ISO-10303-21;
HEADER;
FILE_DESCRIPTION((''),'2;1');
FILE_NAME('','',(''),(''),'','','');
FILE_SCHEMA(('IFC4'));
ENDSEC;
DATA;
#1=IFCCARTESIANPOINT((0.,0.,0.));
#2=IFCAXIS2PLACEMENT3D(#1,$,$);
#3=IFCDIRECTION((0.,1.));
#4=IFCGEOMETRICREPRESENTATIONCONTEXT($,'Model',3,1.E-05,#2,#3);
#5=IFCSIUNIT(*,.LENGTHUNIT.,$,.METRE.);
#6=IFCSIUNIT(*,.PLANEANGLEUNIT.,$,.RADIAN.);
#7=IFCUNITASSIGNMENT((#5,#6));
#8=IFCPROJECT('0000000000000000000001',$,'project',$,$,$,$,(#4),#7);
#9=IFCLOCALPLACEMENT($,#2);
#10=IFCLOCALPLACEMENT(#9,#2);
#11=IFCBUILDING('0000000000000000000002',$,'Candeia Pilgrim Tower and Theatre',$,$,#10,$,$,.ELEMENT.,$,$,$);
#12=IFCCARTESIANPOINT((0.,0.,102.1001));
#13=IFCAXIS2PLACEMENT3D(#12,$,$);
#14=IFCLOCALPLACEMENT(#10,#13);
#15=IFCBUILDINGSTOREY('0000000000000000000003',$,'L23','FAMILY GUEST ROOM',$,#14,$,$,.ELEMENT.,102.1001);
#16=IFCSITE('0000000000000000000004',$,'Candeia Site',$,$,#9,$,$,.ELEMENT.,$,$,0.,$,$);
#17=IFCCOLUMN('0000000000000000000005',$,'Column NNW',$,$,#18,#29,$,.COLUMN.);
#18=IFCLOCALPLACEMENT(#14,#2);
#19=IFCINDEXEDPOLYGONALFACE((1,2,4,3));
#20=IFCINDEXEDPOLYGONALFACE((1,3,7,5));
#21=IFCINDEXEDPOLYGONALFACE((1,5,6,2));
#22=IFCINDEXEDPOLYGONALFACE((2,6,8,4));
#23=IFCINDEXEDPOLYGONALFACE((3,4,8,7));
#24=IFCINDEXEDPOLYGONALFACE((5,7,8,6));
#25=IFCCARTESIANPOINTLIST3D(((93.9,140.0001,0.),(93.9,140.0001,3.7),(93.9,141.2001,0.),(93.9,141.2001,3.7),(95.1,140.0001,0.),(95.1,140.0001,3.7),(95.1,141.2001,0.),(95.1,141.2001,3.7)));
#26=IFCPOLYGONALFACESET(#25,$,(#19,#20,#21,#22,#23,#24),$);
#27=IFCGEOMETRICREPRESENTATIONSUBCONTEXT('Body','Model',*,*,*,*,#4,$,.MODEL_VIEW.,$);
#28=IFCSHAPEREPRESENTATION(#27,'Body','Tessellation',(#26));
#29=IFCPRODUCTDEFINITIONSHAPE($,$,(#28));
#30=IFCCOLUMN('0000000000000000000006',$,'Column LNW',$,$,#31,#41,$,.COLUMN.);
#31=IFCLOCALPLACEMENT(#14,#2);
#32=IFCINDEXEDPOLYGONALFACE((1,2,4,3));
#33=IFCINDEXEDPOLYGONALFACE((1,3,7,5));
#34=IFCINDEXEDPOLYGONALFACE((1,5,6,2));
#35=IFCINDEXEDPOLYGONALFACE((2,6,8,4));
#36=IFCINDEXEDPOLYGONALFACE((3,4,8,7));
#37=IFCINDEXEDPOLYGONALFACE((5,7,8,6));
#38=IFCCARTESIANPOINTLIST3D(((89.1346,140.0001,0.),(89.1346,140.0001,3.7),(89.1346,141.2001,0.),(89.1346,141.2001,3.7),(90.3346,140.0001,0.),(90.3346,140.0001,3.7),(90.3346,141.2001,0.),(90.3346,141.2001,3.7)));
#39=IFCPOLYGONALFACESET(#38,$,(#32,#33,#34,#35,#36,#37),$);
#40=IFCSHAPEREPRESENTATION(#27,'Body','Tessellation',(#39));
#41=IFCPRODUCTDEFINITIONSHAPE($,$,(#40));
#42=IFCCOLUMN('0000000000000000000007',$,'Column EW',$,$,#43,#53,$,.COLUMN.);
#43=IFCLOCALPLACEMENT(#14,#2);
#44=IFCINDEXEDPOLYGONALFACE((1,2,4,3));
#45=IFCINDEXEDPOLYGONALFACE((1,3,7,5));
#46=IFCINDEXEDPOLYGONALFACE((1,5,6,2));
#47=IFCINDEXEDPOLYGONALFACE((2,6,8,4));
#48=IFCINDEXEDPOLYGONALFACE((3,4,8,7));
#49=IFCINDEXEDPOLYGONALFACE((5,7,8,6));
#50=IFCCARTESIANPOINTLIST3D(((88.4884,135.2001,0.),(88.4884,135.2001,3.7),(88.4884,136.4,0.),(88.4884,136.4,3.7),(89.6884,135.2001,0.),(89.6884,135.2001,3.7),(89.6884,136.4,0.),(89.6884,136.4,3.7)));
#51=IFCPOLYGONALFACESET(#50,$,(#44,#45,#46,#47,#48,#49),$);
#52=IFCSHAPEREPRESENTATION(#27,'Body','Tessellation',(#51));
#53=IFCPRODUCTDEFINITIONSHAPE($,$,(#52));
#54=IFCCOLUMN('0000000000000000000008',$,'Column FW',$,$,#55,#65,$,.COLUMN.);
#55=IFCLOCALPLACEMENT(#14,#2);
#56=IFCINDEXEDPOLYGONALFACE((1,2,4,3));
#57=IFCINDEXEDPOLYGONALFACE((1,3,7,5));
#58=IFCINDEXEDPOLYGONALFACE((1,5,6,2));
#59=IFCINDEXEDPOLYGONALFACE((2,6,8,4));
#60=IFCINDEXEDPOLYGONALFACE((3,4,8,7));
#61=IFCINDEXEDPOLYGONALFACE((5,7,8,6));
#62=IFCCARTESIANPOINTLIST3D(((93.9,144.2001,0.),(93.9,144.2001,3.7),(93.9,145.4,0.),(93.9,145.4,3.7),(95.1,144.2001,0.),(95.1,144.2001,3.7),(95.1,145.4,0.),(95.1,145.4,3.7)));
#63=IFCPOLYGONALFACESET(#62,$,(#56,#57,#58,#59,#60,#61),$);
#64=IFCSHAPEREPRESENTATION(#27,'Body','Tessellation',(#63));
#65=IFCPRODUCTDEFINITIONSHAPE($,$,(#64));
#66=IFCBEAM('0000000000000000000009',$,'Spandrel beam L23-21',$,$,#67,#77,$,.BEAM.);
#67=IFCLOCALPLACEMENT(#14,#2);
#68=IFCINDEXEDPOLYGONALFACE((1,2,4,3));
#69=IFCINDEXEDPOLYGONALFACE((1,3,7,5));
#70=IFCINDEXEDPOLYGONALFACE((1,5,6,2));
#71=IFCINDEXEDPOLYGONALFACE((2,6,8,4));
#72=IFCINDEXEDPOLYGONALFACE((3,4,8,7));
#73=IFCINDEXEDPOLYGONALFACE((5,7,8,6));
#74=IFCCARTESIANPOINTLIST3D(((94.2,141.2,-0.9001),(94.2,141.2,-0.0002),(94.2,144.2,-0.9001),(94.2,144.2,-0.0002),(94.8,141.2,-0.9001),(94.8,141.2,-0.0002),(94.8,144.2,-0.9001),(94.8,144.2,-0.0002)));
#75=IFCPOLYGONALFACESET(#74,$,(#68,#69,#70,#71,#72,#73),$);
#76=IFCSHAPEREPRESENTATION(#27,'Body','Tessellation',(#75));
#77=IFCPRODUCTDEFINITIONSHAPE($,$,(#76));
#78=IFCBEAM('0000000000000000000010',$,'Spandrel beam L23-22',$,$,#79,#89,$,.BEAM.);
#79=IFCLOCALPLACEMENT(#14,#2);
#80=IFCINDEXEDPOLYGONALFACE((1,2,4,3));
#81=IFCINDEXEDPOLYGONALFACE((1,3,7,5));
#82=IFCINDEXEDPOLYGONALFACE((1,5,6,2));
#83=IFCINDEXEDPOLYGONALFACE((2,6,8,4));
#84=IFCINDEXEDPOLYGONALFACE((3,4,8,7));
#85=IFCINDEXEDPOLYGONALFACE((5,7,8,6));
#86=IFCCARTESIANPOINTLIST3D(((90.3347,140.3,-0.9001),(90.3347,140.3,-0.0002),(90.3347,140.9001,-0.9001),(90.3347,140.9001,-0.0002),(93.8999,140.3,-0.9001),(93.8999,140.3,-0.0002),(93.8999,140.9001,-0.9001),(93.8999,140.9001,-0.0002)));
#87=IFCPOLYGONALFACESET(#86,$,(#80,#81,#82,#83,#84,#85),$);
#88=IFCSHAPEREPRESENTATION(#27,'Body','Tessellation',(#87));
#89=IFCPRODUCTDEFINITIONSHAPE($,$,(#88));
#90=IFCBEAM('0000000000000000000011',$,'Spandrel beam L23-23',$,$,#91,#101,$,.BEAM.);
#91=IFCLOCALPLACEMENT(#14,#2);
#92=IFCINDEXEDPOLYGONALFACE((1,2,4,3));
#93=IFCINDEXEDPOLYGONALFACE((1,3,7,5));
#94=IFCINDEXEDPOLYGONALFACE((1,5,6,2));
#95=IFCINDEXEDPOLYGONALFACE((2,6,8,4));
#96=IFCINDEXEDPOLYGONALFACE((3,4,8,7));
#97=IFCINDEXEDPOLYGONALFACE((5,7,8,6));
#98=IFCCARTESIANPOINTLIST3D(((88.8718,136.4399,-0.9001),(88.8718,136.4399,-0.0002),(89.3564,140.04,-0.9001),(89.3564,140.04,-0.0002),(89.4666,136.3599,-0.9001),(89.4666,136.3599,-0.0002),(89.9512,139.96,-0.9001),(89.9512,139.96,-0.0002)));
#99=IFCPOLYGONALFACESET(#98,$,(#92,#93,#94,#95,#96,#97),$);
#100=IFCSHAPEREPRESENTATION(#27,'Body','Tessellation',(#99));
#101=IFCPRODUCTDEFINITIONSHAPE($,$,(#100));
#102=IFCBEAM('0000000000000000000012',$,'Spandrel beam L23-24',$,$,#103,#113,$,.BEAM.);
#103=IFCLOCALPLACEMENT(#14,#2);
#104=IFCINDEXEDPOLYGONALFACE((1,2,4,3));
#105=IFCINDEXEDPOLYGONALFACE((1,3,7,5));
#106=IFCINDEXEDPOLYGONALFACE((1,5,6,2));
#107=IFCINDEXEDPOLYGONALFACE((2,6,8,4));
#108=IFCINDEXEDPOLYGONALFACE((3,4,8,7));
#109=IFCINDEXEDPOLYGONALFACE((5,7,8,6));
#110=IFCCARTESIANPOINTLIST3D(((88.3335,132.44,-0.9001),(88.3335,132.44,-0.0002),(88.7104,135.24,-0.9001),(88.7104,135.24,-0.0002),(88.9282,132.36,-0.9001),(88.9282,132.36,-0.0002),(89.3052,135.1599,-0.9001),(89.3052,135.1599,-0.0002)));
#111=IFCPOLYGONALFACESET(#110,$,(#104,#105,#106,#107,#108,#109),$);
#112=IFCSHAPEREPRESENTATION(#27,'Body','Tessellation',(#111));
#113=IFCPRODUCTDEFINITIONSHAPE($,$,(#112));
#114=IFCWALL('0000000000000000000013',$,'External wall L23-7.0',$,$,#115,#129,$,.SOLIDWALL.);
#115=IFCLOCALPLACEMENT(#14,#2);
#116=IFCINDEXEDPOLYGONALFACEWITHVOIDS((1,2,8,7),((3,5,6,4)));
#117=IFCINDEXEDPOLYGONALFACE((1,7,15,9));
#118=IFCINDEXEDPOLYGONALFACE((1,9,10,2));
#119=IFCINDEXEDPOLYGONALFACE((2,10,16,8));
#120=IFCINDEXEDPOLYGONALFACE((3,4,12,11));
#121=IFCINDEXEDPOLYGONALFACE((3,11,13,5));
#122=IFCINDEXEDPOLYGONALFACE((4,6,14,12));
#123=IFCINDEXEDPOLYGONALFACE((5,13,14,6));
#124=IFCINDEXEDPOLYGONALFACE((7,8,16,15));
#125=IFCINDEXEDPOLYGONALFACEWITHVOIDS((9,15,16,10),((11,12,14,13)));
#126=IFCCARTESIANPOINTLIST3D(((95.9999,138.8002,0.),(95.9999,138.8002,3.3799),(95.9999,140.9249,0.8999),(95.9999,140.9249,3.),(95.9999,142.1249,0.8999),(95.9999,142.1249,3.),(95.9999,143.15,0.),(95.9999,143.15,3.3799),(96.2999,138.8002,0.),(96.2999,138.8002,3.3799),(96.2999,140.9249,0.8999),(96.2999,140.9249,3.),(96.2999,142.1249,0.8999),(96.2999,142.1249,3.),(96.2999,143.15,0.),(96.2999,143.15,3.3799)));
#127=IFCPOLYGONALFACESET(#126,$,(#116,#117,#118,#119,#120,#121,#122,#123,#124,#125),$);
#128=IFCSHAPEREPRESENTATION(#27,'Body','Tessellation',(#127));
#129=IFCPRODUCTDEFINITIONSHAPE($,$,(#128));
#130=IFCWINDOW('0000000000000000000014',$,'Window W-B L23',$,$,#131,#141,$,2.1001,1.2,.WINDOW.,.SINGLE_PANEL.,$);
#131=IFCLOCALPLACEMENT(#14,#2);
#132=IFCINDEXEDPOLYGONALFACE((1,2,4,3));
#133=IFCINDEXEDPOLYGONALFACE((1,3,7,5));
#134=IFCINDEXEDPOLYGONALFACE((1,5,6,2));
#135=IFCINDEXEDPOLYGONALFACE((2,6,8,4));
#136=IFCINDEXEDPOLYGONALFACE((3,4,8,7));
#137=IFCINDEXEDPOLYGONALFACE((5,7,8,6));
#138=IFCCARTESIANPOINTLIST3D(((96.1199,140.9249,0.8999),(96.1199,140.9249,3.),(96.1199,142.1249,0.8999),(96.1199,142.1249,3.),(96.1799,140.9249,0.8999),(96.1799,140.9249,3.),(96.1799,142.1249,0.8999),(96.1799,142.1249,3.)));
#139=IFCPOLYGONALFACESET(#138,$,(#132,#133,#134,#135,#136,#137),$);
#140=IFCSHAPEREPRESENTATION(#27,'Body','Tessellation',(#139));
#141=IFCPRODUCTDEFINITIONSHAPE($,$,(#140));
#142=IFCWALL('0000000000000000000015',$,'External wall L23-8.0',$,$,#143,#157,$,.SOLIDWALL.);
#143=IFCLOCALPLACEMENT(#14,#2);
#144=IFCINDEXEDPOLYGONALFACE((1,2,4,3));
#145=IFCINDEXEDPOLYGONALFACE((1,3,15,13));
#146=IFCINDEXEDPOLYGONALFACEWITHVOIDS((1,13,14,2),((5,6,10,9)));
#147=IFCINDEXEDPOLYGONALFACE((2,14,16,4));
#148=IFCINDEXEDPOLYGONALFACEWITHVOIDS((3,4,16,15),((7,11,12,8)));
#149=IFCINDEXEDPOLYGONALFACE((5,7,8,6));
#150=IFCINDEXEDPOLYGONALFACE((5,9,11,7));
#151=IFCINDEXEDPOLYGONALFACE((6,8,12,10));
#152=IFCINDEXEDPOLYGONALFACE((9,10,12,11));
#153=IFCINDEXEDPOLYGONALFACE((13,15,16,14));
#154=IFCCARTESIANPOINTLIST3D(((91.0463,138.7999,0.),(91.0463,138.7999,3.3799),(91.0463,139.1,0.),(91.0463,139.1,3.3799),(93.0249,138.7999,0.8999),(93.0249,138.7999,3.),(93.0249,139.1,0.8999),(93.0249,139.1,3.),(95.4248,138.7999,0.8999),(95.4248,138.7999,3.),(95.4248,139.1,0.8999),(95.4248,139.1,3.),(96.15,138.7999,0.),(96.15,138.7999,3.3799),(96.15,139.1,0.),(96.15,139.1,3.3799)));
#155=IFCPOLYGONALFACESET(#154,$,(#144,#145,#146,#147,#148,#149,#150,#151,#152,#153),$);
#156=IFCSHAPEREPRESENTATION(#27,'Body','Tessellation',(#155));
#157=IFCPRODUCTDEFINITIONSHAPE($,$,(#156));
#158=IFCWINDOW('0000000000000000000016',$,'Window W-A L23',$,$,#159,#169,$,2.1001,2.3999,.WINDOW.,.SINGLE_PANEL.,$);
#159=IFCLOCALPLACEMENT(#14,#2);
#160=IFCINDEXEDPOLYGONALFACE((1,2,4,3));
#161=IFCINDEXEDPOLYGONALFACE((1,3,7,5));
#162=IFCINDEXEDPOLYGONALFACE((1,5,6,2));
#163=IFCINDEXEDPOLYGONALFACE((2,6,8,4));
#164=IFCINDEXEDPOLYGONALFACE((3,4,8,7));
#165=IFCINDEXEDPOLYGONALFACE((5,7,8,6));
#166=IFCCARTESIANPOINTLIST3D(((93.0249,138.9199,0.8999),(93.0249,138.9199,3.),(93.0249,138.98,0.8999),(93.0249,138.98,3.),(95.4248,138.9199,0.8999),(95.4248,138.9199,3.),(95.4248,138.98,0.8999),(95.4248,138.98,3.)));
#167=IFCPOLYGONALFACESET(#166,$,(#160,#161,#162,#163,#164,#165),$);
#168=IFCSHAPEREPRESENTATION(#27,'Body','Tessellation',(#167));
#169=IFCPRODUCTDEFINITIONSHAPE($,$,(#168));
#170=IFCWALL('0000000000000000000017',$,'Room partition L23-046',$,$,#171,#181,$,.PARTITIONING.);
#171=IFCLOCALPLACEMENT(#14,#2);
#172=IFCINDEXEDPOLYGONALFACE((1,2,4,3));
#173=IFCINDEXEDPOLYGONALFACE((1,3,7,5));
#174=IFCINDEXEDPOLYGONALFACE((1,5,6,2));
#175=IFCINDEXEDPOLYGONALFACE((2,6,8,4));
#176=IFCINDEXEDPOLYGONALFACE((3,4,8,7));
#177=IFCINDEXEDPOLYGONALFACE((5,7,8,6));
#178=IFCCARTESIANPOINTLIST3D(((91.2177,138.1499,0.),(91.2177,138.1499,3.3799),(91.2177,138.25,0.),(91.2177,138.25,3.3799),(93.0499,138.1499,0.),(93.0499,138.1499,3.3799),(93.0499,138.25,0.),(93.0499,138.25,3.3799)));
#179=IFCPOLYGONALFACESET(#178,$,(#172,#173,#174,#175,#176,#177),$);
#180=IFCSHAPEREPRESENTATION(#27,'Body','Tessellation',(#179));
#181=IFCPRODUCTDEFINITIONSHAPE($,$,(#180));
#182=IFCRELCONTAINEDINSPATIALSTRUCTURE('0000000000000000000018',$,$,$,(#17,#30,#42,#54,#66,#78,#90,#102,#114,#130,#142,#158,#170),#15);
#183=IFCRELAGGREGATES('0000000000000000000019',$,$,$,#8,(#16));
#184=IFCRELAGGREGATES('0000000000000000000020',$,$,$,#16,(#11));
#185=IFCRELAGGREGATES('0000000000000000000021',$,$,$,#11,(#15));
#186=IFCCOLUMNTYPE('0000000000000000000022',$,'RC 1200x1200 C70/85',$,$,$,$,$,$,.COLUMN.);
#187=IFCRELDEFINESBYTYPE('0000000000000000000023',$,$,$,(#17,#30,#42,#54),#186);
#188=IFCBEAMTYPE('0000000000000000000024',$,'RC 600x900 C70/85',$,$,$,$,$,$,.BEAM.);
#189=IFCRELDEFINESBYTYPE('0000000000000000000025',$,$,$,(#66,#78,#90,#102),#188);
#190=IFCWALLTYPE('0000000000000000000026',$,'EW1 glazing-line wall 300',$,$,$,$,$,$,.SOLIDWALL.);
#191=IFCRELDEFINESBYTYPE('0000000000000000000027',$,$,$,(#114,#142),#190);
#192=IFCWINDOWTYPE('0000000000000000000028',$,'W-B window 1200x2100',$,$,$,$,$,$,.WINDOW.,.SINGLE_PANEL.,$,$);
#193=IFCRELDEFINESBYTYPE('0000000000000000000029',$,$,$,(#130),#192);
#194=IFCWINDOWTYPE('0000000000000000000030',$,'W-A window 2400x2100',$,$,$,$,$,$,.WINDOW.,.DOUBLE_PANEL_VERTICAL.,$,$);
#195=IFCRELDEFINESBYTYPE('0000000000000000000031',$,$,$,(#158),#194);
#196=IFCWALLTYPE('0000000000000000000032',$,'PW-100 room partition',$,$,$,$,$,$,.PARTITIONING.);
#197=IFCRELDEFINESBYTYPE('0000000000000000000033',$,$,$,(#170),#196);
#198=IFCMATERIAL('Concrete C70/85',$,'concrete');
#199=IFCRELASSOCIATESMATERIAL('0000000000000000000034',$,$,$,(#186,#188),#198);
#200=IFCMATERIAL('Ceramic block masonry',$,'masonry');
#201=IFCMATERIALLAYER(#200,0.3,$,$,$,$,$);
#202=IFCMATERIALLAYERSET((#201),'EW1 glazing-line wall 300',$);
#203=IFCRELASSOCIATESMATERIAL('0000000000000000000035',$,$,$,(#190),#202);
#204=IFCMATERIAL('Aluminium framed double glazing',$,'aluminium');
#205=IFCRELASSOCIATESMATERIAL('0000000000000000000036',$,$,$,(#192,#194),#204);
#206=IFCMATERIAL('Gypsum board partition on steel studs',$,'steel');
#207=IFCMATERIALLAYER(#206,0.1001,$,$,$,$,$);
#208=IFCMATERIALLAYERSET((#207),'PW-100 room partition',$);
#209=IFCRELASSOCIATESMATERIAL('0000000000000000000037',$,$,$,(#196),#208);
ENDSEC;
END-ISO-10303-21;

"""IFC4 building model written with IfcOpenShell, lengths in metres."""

from ifc_helpers import new_model, si_unit, direction, frame, frame_2d, origin, origin_2d, place, context, subcontext, project, spatial, rectangle, extrude, material, layer, layer_set, material_profile, profile_set, type_object, element, fill, save


model = new_model("IFC4")

# Units and contexts
model_context = context("Model", 3, precision=1e-05, world=origin(), true_north=direction((0.0, 1.0)))
body_context = subcontext(model_context, "Body", "Model", "MODEL_VIEW")
ifc_project = project(units=[si_unit("LENGTHUNIT", "METRE"), si_unit("PLANEANGLEUNIT", "RADIAN")], contexts=[model_context])

# Site, building, storey
site_placement = place(None, origin())
site = spatial("IfcSite", under=ifc_project, at=site_placement, Name="Candeia Site", CompositionType="ELEMENT", RefElevation=0.0)
building_placement = place(site_placement, origin())
building = spatial("IfcBuilding", under=site, at=building_placement, Name="Candeia Pilgrim Tower and Theatre", CompositionType="ELEMENT")
storey_placement = place(building_placement, frame((0.0, 0.0, 102.1001)))
storey = spatial("IfcBuildingStorey", under=building, at=storey_placement, Name="L23", Description="FAMILY GUEST ROOM", CompositionType="ELEMENT", Elevation=102.1001)

# Columns
ifc_material_1 = material(Name="Concrete C70/85", Category="concrete")
ifc_material_profile_1 = material_profile(ifc_material_1, rectangle(XDim=1.2, YDim=1.2, at=origin_2d()))
ifc_profile_set_1 = profile_set([ifc_material_profile_1], Name="Concrete C70/85")
column_type = type_object("IfcColumnType", Name="RC 1200x1200 C70/85", PredefinedType="COLUMN", material=ifc_profile_set_1)
for number, where, z_axis, x_axis, name in (
    (1, (94.5, 140.6001, 0.0), (0.0, 0.0, 1.0), (1.0, 0.0, 0.0), "Column NNW"),
    (2, (89.7346, 140.6001, 0.0), (0.0, 0.0, 1.0), (1.0, 0.0, 0.0), "Column LNW"),
    (3, (89.0884, 135.8, 0.0), (0.0, 0.0, 1.0), (1.0, 0.0, 0.0), "Column EW"),
    (4, (94.5, 144.8, 0.0), (0.0, 0.0, 1.0), (1.0, 0.0, 0.0), "Column FW"),
):
    element("IfcColumn", number, at=place(storey_placement, frame(where, z_axis=z_axis, x_axis=x_axis)), inside=storey, type_object=column_type, Name=name, PredefinedType="COLUMN", context=body_context, shape_type="SweptSolid", body=[
        extrude(rectangle(XDim=1.2, YDim=1.2, at=origin_2d()), origin(), (0.0, 0.0, 1.0), 3.7),
    ])

# Beams
ifc_material_profile_2 = material_profile(ifc_material_1, rectangle(XDim=0.6001, YDim=0.8999, at=origin_2d()))
ifc_profile_set_2 = profile_set([ifc_material_profile_2], Name="Concrete C70/85")
beam_type = type_object("IfcBeamType", Name="RC 600x900 C70/85", PredefinedType="BEAM", material=ifc_profile_set_2)
beam_1_placement = place(storey_placement, frame((94.5, 144.2, -0.4502), z_axis=(0.0, -1.0, 0.0), x_axis=(1.0, 0.0, 0.0)))
element("IfcBeam", 5, at=beam_1_placement, inside=storey, type_object=beam_type, Name="Spandrel beam L23-21", PredefinedType="BEAM", context=body_context, shape_type="SweptSolid", body=[
    extrude(rectangle(XDim=0.6001, YDim=0.8999, at=origin_2d()), origin(), (0.0, 0.0, 1.0), 3.0),
])
beam_2_placement = place(storey_placement, frame((93.8999, 140.6001, -0.4502), z_axis=(-1.0, 0.0, 0.0), x_axis=(0.0, -1.0, 0.0)))
element("IfcBeam", 6, at=beam_2_placement, inside=storey, type_object=beam_type, Name="Spandrel beam L23-22", PredefinedType="BEAM", context=body_context, shape_type="SweptSolid", body=[
    extrude(rectangle(XDim=0.6001, YDim=0.8999, at=origin_2d()), origin(), (0.0, 0.0, 1.0), 3.5652),
])
beam_3_placement = place(storey_placement, frame((89.6538, 140.0, -0.4502), z_axis=(-0.133409, -0.991061, 0.0), x_axis=(0.991061, -0.133409, 0.0)))
element("IfcBeam", 7, at=beam_3_placement, inside=storey, type_object=beam_type, Name="Spandrel beam L23-23", PredefinedType="BEAM", context=body_context, shape_type="SweptSolid", body=[
    extrude(rectangle(XDim=0.6001, YDim=0.8999, at=origin_2d()), origin(), (0.0, 0.0, 1.0), 3.6326),
])
beam_4_placement = place(storey_placement, frame((89.0078, 135.2, -0.4502), z_axis=(-0.13342, -0.99106, 0.0), x_axis=(0.99106, -0.13342, 0.0)))
element("IfcBeam", 8, at=beam_4_placement, inside=storey, type_object=beam_type, Name="Spandrel beam L23-24", PredefinedType="BEAM", context=body_context, shape_type="SweptSolid", body=[
    extrude(rectangle(XDim=0.6001, YDim=0.8999, at=origin_2d()), origin(), (0.0, 0.0, 1.0), 2.8252),
])

# Walls, openings, windows
ifc_material_2 = material(Name="Ceramic block masonry", Category="masonry")
ifc_layer_1 = layer(ifc_material_2, 0.3)
ifc_layer_set_1 = layer_set([ifc_layer_1], Name="EW1 glazing-line wall 300")
wall_type_1 = type_object("IfcWallType", Name="EW1 glazing-line wall 300", PredefinedType="SOLIDWALL", material=ifc_layer_set_1)
wall_1_placement = place(storey_placement, frame((96.1499, 143.1499, 0.0), z_axis=(0.0, 0.0, 1.0), x_axis=(0.0, -1.0, 0.0)))
wall_1 = element("IfcWall", 9, at=wall_1_placement, inside=storey, type_object=wall_type_1, Name="External wall L23-7.0", PredefinedType="SOLIDWALL", context=body_context, shape_type="SweptSolid", body=[
    extrude(rectangle(XDim=4.3499, YDim=0.3, at=frame_2d((2.1748, 0.0))), origin(), (0.0, 0.0, 1.0), 3.3799),
])
opening_1_placement = place(wall_1_placement, frame((1.0249, 0.0, 0.8999)))
opening_1 = element("IfcOpeningElement", 10, at=opening_1_placement, cuts=wall_1, PredefinedType="OPENING", context=body_context, shape_type="SweptSolid", body=[
    extrude(rectangle(XDim=1.2, YDim=2.1001, at=frame_2d((0.6001, 1.05))), frame((0.0, 0.1602, 0.0), z_axis=(0.0, -1.0, 0.0), x_axis=(1.0, 0.0, 0.0)), (0.0, 0.0, 1.0), 0.3201),
])
ifc_material_3 = material(Name="Aluminium framed double glazing", Category="aluminium")
window_type_1 = type_object("IfcWindowType", Name="W-B window 1200x2100", PartitioningType="SINGLE_PANEL", PredefinedType="WINDOW", material=ifc_material_3)
window_1_placement = place(opening_1_placement, origin())
window_1 = element("IfcWindow", 11, at=window_1_placement, inside=storey, type_object=window_type_1, Name="Window W-B L23", OverallHeight=2.1001, OverallWidth=1.2, PartitioningType="SINGLE_PANEL", PredefinedType="WINDOW", context=body_context, shape_type="SweptSolid", body=[
    extrude(rectangle(XDim=1.2, YDim=2.1001, at=frame_2d((0.6001, 1.05))), frame((0.0, 0.03, 0.0), z_axis=(0.0, -1.0, 0.0), x_axis=(1.0, 0.0, 0.0)), (0.0, 0.0, 1.0), 0.0601),
])
fill(opening_1, window_1)
wall_2_placement = place(storey_placement, frame((96.1499, 138.95, 0.0), z_axis=(0.0, 0.0, 1.0), x_axis=(-1.0, 0.0, 0.0)))
wall_2 = element("IfcWall", 12, at=wall_2_placement, inside=storey, type_object=wall_type_1, Name="External wall L23-8.0", PredefinedType="SOLIDWALL", context=body_context, shape_type="SweptSolid", body=[
    extrude(rectangle(XDim=5.1038, YDim=0.3, at=frame_2d((2.5518, 0.0))), origin(), (0.0, 0.0, 1.0), 3.3799),
])
opening_2_placement = place(wall_2_placement, frame((0.7251, 0.0, 0.8999)))
opening_2 = element("IfcOpeningElement", 13, at=opening_2_placement, cuts=wall_2, PredefinedType="OPENING", context=body_context, shape_type="SweptSolid", body=[
    extrude(rectangle(XDim=2.3999, YDim=2.1001, at=frame_2d((1.2, 1.05))), frame((0.0, 0.1602, 0.0), z_axis=(0.0, -1.0, 0.0), x_axis=(1.0, 0.0, 0.0)), (0.0, 0.0, 1.0), 0.3201),
])
window_type_2 = type_object("IfcWindowType", Name="W-A window 2400x2100", PartitioningType="DOUBLE_PANEL_VERTICAL", PredefinedType="WINDOW", material=ifc_material_3)
window_2_placement = place(opening_2_placement, origin())
window_2 = element("IfcWindow", 14, at=window_2_placement, inside=storey, type_object=window_type_2, Name="Window W-A L23", OverallHeight=2.1001, OverallWidth=2.3999, PartitioningType="SINGLE_PANEL", PredefinedType="WINDOW", context=body_context, shape_type="SweptSolid", body=[
    extrude(rectangle(XDim=2.3999, YDim=2.1001, at=frame_2d((1.2, 1.05))), frame((0.0, 0.03, 0.0), z_axis=(0.0, -1.0, 0.0), x_axis=(1.0, 0.0, 0.0)), (0.0, 0.0, 1.0), 0.0601),
])
fill(opening_2, window_2)

# Wall
ifc_material_4 = material(Name="Gypsum board partition on steel studs", Category="steel")
ifc_layer_2 = layer(ifc_material_4, 0.1001)
ifc_layer_set_2 = layer_set([ifc_layer_2], Name="PW-100 room partition")
wall_type_2 = type_object("IfcWallType", Name="PW-100 room partition", PredefinedType="PARTITIONING", material=ifc_layer_set_2)
wall_3_placement = place(storey_placement, frame((91.2178, 138.2, 0.0), z_axis=(0.0, 0.0, 1.0), x_axis=(1.0, 0.0, 0.0)))
element("IfcWall", 15, at=wall_3_placement, inside=storey, type_object=wall_type_2, Name="Room partition L23-046", PredefinedType="PARTITIONING", context=body_context, shape_type="SweptSolid", body=[
    extrude(rectangle(XDim=1.8323, YDim=0.1001, at=frame_2d((0.916, 0.0))), origin(), (0.0, 0.0, 1.0), 3.3799),
])

save(model, "model.ifc")
